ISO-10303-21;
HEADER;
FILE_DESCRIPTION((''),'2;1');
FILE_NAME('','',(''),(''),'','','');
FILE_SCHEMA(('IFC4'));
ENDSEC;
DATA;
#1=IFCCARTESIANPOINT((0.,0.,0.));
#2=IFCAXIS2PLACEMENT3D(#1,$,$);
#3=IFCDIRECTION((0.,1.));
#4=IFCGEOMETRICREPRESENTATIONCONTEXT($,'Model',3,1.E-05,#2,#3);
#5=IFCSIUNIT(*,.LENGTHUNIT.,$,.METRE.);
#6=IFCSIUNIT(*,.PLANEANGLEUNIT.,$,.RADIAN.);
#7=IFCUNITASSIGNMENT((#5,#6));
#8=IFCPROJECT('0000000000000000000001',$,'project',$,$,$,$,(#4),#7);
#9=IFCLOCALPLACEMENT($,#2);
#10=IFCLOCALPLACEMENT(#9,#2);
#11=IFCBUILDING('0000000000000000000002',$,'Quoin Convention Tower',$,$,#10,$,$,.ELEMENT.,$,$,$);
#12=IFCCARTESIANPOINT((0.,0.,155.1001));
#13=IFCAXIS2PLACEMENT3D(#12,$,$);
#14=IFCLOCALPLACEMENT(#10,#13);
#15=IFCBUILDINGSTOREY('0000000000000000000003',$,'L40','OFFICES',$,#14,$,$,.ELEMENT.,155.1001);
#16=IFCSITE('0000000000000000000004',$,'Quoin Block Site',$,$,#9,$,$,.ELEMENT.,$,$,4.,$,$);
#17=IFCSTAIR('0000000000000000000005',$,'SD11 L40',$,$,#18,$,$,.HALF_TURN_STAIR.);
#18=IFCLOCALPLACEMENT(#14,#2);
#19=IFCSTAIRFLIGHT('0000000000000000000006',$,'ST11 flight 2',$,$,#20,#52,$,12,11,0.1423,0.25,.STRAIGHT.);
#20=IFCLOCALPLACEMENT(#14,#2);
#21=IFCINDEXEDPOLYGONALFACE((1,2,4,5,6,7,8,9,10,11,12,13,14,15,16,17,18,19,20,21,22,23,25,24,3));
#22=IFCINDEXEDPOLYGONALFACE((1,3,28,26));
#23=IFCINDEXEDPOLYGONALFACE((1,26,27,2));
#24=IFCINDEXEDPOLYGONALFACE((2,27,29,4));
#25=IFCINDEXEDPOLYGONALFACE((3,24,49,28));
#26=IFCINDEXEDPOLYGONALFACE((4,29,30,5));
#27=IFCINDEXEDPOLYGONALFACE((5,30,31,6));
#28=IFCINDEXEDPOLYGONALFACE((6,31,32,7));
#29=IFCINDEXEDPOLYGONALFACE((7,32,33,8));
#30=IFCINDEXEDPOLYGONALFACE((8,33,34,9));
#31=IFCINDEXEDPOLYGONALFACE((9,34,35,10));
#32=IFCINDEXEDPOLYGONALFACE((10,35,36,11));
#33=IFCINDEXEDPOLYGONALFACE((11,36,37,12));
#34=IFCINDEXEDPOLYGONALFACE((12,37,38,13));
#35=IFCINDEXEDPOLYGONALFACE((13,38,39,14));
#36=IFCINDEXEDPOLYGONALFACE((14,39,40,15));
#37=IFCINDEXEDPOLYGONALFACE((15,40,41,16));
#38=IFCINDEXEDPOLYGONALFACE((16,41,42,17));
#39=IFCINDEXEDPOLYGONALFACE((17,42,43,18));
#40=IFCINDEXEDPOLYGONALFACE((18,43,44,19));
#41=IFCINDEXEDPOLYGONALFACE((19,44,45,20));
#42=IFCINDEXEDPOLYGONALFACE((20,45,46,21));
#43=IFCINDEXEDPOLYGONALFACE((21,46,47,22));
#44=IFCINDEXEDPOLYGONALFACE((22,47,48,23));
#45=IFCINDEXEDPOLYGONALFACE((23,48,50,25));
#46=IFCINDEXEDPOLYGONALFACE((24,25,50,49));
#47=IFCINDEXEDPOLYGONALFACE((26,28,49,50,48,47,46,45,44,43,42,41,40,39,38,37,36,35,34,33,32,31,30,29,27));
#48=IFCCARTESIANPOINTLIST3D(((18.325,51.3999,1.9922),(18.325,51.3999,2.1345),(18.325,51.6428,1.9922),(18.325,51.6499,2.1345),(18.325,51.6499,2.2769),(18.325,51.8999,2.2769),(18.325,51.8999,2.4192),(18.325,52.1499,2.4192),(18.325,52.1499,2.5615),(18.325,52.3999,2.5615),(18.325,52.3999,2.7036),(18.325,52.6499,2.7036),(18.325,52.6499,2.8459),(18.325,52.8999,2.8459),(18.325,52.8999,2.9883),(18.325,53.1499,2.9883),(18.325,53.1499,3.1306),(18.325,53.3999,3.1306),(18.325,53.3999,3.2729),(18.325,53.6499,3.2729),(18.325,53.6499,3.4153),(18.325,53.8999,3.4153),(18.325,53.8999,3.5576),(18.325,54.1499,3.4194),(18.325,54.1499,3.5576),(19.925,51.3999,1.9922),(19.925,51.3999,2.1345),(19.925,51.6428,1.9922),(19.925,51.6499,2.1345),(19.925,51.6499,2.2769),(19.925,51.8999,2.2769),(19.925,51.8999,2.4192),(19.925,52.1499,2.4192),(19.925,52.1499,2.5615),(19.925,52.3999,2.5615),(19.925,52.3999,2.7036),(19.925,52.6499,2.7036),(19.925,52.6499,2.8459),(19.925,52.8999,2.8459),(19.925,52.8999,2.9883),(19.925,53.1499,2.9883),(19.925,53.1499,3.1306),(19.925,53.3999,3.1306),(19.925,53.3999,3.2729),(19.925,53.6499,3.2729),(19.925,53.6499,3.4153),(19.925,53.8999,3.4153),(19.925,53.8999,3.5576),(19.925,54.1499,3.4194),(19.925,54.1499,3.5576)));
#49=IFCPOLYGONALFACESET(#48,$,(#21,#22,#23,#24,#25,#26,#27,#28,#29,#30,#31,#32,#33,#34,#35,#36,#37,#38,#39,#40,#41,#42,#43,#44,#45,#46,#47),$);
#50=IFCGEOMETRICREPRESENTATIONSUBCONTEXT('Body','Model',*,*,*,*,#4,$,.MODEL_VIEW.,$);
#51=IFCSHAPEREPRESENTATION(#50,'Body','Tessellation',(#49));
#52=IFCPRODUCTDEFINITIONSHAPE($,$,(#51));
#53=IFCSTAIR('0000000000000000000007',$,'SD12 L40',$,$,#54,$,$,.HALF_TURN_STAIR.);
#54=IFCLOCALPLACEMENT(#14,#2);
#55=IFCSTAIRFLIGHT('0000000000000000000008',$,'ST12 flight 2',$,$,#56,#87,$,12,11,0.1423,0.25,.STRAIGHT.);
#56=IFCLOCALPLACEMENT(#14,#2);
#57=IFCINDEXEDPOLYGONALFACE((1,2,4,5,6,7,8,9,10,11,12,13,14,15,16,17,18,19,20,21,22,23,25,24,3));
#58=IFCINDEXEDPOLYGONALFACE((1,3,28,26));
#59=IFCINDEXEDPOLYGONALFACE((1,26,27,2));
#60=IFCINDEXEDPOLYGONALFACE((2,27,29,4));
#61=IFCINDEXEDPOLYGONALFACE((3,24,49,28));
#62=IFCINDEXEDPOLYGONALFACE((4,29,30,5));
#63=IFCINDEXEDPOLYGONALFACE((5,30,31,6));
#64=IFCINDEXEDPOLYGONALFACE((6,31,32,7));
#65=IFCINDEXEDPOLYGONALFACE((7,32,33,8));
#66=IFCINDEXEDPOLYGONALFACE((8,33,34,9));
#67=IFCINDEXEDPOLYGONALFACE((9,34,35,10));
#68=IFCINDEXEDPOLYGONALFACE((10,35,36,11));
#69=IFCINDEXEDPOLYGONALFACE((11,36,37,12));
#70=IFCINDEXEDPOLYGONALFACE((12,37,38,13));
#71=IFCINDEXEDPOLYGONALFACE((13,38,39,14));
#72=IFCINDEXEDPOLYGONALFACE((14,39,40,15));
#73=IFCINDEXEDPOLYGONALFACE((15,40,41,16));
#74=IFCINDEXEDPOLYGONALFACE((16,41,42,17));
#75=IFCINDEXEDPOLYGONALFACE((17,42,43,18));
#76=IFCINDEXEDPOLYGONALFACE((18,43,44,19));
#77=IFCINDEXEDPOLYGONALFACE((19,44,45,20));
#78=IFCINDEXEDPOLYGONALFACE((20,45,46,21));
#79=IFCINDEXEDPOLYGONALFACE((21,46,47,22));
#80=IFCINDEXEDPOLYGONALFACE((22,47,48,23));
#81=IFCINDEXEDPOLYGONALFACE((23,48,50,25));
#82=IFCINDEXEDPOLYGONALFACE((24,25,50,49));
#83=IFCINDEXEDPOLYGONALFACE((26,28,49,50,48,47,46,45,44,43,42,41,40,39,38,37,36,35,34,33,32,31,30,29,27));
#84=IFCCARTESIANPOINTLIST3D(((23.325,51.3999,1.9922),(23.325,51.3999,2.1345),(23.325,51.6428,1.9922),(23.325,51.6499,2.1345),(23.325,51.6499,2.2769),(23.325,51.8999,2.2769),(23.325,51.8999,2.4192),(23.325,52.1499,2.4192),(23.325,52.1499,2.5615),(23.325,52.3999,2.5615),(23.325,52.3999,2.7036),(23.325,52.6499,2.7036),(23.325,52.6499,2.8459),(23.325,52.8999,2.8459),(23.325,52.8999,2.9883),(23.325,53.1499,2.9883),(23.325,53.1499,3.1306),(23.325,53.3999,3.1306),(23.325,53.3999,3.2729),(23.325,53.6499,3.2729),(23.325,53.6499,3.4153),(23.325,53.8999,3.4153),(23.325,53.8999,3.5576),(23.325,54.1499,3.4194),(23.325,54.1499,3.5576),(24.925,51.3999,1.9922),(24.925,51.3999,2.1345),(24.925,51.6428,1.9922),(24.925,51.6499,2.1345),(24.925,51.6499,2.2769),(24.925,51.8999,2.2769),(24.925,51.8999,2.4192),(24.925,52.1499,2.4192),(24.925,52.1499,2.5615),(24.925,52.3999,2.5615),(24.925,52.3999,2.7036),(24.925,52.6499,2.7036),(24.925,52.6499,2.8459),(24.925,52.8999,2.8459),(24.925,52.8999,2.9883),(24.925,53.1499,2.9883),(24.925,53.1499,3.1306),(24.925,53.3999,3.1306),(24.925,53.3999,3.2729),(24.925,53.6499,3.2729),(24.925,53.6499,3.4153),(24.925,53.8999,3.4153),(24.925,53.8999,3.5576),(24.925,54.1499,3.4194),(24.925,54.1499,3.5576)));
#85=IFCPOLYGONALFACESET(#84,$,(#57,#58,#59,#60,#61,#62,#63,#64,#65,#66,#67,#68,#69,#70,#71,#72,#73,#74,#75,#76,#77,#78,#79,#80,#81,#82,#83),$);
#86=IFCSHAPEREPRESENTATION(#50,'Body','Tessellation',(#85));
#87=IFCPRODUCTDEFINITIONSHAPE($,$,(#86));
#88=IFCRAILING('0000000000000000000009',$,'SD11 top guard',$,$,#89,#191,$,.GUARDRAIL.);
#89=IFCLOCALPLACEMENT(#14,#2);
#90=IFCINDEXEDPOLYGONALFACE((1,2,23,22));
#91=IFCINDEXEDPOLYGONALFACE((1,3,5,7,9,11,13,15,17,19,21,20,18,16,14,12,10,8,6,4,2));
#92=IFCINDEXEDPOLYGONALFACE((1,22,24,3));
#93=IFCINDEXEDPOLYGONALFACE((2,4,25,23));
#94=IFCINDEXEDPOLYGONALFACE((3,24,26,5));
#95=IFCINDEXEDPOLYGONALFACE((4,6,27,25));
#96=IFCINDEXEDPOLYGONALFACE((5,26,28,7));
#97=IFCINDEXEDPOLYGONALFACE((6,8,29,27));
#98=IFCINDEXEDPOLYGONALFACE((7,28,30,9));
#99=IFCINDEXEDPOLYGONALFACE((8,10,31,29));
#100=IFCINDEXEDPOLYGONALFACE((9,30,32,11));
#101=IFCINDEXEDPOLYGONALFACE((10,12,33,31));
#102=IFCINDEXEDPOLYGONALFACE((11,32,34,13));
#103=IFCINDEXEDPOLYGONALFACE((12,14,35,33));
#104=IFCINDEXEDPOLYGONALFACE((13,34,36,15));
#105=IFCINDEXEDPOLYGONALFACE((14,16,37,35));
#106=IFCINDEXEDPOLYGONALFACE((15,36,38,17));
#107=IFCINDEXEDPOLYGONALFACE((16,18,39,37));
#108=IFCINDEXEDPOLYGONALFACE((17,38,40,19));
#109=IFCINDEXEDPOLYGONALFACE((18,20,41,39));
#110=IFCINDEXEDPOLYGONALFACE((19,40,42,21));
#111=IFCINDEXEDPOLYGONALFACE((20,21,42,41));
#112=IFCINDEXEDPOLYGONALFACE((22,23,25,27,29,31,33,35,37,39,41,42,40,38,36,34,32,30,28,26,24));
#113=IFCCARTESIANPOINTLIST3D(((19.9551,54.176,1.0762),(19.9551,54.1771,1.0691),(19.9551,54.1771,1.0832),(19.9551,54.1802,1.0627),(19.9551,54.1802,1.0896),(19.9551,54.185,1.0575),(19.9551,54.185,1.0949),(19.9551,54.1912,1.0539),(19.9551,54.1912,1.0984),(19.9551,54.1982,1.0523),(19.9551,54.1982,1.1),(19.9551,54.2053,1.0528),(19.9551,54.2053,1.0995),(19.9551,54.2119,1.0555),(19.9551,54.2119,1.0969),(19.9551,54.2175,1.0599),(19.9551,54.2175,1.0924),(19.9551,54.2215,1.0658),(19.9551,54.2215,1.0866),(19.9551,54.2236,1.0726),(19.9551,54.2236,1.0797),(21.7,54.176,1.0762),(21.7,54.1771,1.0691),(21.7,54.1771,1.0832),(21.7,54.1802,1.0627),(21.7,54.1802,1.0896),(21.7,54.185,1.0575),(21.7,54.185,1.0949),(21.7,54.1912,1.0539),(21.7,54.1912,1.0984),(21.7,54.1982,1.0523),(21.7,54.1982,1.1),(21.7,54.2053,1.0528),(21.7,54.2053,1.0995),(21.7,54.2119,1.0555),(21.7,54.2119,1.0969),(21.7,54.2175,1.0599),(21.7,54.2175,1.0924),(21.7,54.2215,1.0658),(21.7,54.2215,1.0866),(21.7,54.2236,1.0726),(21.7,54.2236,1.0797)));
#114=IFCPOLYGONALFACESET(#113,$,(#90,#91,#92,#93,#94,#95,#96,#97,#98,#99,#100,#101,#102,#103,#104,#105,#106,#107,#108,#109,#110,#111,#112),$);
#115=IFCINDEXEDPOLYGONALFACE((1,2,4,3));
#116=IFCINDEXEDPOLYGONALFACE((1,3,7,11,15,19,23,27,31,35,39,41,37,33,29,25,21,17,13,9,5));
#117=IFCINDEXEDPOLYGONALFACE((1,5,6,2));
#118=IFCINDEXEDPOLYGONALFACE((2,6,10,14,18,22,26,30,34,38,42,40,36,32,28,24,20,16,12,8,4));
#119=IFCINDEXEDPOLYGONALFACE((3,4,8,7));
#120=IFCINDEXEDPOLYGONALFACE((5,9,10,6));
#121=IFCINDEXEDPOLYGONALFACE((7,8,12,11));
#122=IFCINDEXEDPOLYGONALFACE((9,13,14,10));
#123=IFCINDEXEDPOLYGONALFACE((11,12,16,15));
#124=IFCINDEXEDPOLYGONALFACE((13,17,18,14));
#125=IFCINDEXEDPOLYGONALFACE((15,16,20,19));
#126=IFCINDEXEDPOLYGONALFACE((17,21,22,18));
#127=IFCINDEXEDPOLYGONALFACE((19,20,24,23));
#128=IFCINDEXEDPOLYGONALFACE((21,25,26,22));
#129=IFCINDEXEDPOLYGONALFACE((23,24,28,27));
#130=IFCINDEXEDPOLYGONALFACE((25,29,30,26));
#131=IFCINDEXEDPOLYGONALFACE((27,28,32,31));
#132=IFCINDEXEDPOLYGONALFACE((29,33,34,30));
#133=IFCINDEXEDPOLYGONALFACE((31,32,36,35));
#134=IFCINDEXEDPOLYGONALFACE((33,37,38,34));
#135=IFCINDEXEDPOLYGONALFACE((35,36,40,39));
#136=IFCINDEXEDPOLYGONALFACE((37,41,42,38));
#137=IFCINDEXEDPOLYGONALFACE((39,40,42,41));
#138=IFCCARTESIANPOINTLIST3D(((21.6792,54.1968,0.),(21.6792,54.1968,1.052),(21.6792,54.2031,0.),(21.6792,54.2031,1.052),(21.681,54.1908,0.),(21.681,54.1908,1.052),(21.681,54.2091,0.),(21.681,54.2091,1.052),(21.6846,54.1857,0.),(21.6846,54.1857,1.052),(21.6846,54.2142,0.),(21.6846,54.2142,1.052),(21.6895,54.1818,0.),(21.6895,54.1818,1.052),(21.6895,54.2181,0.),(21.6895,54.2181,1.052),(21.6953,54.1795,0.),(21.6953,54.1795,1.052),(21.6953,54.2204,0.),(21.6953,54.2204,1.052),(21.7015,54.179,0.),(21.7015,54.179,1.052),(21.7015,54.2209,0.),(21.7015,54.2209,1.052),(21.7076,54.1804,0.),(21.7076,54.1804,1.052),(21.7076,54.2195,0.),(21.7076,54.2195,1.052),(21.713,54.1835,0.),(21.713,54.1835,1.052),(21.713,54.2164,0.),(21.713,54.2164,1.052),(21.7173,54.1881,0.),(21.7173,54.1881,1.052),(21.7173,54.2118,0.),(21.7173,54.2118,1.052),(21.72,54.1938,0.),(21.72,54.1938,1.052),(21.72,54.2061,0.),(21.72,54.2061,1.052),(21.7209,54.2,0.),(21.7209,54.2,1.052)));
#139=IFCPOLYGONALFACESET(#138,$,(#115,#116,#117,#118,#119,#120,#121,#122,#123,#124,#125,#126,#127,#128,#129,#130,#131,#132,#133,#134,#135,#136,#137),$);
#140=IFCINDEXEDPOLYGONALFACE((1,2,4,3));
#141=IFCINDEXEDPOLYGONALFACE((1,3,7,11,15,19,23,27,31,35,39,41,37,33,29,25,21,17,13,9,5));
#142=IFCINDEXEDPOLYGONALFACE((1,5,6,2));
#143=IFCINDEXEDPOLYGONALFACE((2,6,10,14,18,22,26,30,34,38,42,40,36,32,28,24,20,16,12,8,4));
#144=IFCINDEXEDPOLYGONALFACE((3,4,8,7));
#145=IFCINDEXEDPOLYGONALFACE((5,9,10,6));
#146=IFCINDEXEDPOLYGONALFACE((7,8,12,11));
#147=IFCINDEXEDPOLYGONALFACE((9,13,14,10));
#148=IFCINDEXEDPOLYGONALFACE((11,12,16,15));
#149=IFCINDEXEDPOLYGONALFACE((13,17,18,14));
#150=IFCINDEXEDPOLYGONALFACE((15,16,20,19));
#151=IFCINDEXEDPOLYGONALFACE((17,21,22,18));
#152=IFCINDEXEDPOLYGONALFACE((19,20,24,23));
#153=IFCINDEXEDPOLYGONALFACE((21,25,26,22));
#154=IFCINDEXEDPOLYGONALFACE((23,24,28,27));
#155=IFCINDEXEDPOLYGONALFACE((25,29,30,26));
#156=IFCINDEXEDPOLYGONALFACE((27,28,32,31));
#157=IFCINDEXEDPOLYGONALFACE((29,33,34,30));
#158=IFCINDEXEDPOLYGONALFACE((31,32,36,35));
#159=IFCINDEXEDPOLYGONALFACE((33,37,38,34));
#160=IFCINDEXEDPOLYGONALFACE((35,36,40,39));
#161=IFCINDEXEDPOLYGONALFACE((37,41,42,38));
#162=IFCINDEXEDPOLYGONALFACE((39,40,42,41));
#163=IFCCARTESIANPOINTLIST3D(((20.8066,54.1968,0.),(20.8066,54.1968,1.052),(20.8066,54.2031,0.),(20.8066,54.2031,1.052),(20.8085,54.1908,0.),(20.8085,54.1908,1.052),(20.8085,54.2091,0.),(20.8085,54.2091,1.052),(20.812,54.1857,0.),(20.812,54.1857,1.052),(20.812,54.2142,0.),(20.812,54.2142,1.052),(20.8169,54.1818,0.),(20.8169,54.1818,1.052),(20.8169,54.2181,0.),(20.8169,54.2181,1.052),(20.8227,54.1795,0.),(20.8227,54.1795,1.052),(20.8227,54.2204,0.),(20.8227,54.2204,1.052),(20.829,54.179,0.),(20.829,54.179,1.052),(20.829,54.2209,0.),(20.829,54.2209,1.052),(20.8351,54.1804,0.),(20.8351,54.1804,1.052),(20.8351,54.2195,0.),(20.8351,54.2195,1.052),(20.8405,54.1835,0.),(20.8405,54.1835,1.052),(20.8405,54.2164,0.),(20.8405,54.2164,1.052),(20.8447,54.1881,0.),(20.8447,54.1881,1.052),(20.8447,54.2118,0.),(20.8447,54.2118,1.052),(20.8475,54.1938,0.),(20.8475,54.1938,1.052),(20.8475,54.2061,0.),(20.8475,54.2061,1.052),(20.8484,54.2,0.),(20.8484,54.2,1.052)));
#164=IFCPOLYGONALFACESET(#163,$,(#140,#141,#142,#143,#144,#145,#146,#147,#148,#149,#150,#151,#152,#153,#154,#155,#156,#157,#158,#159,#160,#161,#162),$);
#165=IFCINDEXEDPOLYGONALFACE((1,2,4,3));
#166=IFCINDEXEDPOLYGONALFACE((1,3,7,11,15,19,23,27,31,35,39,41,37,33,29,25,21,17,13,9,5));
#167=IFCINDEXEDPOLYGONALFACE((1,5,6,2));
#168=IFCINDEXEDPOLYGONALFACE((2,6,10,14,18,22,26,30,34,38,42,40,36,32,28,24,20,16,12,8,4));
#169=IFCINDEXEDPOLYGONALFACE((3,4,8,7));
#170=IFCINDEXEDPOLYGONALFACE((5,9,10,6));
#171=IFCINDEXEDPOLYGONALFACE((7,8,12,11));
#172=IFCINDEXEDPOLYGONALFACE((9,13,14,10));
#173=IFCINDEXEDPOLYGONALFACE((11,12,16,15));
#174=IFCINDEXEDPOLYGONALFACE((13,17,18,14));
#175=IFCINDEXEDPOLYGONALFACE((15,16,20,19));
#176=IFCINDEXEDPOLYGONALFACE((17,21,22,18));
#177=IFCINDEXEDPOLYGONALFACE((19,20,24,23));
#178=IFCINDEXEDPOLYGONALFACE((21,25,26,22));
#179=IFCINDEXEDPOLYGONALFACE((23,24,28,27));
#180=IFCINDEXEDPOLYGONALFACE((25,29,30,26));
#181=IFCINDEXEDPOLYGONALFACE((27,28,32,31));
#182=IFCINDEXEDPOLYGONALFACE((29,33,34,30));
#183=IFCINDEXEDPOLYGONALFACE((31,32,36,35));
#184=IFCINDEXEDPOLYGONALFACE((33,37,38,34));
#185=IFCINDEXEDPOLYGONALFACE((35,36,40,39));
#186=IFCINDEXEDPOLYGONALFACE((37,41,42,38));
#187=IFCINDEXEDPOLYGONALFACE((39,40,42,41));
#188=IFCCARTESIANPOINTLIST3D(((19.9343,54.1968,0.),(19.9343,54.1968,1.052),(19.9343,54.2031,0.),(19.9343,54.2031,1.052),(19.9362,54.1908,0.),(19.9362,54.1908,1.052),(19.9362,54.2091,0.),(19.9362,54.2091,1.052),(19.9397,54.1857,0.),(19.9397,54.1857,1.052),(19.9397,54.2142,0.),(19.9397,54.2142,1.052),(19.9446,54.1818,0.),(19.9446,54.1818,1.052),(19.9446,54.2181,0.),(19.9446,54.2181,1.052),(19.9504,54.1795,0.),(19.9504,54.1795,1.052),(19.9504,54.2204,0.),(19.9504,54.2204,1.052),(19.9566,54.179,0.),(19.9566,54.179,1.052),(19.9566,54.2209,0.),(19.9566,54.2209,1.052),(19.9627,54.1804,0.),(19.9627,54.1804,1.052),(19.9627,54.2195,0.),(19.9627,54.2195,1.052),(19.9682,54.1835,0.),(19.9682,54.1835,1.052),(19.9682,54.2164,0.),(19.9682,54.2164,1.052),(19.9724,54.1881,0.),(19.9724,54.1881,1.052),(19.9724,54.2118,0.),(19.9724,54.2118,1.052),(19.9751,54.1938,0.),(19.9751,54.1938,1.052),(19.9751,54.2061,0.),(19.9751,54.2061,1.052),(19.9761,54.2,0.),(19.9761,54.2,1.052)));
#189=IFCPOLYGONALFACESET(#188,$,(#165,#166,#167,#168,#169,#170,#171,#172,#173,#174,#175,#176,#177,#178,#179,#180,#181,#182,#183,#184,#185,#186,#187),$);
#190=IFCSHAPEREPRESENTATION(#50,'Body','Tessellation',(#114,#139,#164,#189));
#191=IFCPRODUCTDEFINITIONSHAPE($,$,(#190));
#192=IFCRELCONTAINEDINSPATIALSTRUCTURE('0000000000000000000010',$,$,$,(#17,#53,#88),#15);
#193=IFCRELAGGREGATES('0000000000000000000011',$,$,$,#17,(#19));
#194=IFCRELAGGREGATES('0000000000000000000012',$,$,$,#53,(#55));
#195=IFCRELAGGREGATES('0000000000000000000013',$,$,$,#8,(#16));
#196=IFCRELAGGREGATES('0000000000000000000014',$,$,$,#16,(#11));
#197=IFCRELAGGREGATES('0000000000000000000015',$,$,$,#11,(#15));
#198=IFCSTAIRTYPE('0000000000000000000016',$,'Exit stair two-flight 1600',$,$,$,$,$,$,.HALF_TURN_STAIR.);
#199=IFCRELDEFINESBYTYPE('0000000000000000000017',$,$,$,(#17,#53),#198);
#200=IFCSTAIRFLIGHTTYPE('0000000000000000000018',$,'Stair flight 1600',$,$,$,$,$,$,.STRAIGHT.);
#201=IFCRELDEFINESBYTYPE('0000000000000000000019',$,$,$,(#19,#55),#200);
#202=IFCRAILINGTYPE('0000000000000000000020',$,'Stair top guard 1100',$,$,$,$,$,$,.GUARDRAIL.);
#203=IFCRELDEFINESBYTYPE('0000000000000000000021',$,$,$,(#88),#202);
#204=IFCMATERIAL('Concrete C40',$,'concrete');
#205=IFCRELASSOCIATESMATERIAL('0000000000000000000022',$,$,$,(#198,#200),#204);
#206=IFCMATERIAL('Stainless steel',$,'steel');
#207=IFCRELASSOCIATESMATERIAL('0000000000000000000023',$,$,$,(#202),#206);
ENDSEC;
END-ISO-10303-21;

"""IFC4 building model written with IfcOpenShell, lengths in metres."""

from ifc_helpers import new_model, si_unit, direction, frame, origin, origin_2d, place, context, subcontext, project, spatial, polyline, circle, outline, extrude, material, type_object, element, aggregate, save


model = new_model("IFC4")

# Units and contexts
model_context = context("Model", 3, precision=1e-05, world=origin(), true_north=direction((0.0, 1.0)))
body_context = subcontext(model_context, "Body", "Model", "MODEL_VIEW")
ifc_project = project(units=[si_unit("LENGTHUNIT", "METRE"), si_unit("PLANEANGLEUNIT", "RADIAN")], contexts=[model_context])

# Site, building, storey
site_placement = place(None, origin())
site = spatial("IfcSite", under=ifc_project, at=site_placement, Name="Quoin Block Site", CompositionType="ELEMENT", RefElevation=4.0)
building_placement = place(site_placement, origin())
building = spatial("IfcBuilding", under=site, at=building_placement, Name="Quoin Convention Tower", CompositionType="ELEMENT")
storey_placement = place(building_placement, frame((0.0, 0.0, 155.1001)))
storey = spatial("IfcBuildingStorey", under=building, at=storey_placement, Name="L40", Description="OFFICES", CompositionType="ELEMENT", Elevation=155.1001)

# Stair, stair flight
ifc_material_1 = material(Name="Concrete C40", Category="concrete")
stair_type = type_object("IfcStairType", Name="Exit stair two-flight 1600", PredefinedType="HALF_TURN_STAIR", material=ifc_material_1)
stair_1_placement = place(storey_placement, origin())
stair_1 = element("IfcStair", 1, at=stair_1_placement, inside=storey, type_object=stair_type, Name="SD11 L40", PredefinedType="HALF_TURN_STAIR")
stair_flight_type = type_object("IfcStairFlightType", Name="Stair flight 1600", PredefinedType="STRAIGHT", material=ifc_material_1)
stair_flight_1_placement = place(storey_placement, frame((19.125, 51.3999, 1.9922), z_axis=(0.0, 0.0, 1.0), x_axis=(0.0, 1.0, 0.0)))
stair_flight_1 = element("IfcStairFlight", 2, at=stair_flight_1_placement, type_object=stair_flight_type, Name="ST11 flight 2", NumberOfRisers=12, NumberOfTreads=11, PredefinedType="STRAIGHT", RiserHeight=0.1423, TreadLength=0.25, context=body_context, shape_type="SweptSolid", body=[
    extrude(outline(polyline([(0.0, 0.0), (0.0, 0.1423), (0.25, 0.1423), (0.25, 0.2847), (0.5, 0.2847), (0.5, 0.427), (0.75, 0.427), (0.75, 0.5693), (1.0, 0.5693), (1.0, 0.7114), (1.25, 0.7114), (1.25, 0.8538), (1.5, 0.8538), (1.5, 0.9961), (1.75, 0.9961), (1.75, 1.1384), (2.0, 1.1384), (2.0, 1.2808), (2.25, 1.2808), (2.25, 1.4231), (2.5, 1.4231), (2.5, 1.5654), (2.75, 1.5654), (2.75, 1.7078), (2.75, 1.4272), (0.2429, 0.0), (0.0, 0.0)])), frame((0.0, 0.8, 0.0), z_axis=(0.0, -1.0, 0.0), x_axis=(1.0, 0.0, 0.0)), (0.0, 0.0, 1.0), 1.6001),
])
aggregate(stair_1, [stair_flight_1])

# Stair, stair flight
stair_2_placement = place(storey_placement, origin())
stair_2 = element("IfcStair", 3, at=stair_2_placement, inside=storey, type_object=stair_type, Name="SD12 L40", PredefinedType="HALF_TURN_STAIR")
stair_flight_2_placement = place(storey_placement, frame((24.125, 51.3999, 1.9922), z_axis=(0.0, 0.0, 1.0), x_axis=(0.0, 1.0, 0.0)))
stair_flight_2 = element("IfcStairFlight", 4, at=stair_flight_2_placement, type_object=stair_flight_type, Name="ST12 flight 2", NumberOfRisers=12, NumberOfTreads=11, PredefinedType="STRAIGHT", RiserHeight=0.1423, TreadLength=0.25, context=body_context, shape_type="SweptSolid", body=[
    extrude(outline(polyline([(0.0, 0.0), (0.0, 0.1423), (0.25, 0.1423), (0.25, 0.2847), (0.5, 0.2847), (0.5, 0.427), (0.75, 0.427), (0.75, 0.5693), (1.0, 0.5693), (1.0, 0.7114), (1.25, 0.7114), (1.25, 0.8538), (1.5, 0.8538), (1.5, 0.9961), (1.75, 0.9961), (1.75, 1.1384), (2.0, 1.1384), (2.0, 1.2808), (2.25, 1.2808), (2.25, 1.4231), (2.5, 1.4231), (2.5, 1.5654), (2.75, 1.5654), (2.75, 1.7078), (2.75, 1.4272), (0.2429, 0.0), (0.0, 0.0)])), frame((0.0, 0.8, 0.0), z_axis=(0.0, -1.0, 0.0), x_axis=(1.0, 0.0, 0.0)), (0.0, 0.0, 1.0), 1.6001),
])
aggregate(stair_2, [stair_flight_2])

# Railing
ifc_material_2 = material(Name="Stainless steel", Category="steel")
railing_type_1 = type_object("IfcRailingType", Name="Stair top guard 1100", PredefinedType="GUARDRAIL", material=ifc_material_2)
railing_1_placement = place(storey_placement, frame((21.7, 54.2, 0.0)))
element("IfcRailing", 5, at=railing_1_placement, inside=storey, type_object=railing_type_1, Name="SD11 top guard", PredefinedType="GUARDRAIL", context=body_context, shape_type="SweptSolid", body=[
    extrude(circle(Radius=0.0239, at=origin_2d()), frame((0.0, 0.0, 1.0762), z_axis=(-1.0, 0.0, 0.0), x_axis=(0.0, -1.0, 0.0)), (0.0, 0.0, 1.0), 1.7449),
    extrude(circle(Radius=0.021, at=origin_2d()), origin(), (0.0, 0.0, 1.0), 1.052),
    extrude(circle(Radius=0.021, at=origin_2d()), frame((-0.8726, 0.0, 0.0)), (0.0, 0.0, 1.0), 1.052),
    extrude(circle(Radius=0.021, at=origin_2d()), frame((-1.7449, 0.0, 0.0)), (0.0, 0.0, 1.0), 1.052),
])

save(model, "model.ifc")
